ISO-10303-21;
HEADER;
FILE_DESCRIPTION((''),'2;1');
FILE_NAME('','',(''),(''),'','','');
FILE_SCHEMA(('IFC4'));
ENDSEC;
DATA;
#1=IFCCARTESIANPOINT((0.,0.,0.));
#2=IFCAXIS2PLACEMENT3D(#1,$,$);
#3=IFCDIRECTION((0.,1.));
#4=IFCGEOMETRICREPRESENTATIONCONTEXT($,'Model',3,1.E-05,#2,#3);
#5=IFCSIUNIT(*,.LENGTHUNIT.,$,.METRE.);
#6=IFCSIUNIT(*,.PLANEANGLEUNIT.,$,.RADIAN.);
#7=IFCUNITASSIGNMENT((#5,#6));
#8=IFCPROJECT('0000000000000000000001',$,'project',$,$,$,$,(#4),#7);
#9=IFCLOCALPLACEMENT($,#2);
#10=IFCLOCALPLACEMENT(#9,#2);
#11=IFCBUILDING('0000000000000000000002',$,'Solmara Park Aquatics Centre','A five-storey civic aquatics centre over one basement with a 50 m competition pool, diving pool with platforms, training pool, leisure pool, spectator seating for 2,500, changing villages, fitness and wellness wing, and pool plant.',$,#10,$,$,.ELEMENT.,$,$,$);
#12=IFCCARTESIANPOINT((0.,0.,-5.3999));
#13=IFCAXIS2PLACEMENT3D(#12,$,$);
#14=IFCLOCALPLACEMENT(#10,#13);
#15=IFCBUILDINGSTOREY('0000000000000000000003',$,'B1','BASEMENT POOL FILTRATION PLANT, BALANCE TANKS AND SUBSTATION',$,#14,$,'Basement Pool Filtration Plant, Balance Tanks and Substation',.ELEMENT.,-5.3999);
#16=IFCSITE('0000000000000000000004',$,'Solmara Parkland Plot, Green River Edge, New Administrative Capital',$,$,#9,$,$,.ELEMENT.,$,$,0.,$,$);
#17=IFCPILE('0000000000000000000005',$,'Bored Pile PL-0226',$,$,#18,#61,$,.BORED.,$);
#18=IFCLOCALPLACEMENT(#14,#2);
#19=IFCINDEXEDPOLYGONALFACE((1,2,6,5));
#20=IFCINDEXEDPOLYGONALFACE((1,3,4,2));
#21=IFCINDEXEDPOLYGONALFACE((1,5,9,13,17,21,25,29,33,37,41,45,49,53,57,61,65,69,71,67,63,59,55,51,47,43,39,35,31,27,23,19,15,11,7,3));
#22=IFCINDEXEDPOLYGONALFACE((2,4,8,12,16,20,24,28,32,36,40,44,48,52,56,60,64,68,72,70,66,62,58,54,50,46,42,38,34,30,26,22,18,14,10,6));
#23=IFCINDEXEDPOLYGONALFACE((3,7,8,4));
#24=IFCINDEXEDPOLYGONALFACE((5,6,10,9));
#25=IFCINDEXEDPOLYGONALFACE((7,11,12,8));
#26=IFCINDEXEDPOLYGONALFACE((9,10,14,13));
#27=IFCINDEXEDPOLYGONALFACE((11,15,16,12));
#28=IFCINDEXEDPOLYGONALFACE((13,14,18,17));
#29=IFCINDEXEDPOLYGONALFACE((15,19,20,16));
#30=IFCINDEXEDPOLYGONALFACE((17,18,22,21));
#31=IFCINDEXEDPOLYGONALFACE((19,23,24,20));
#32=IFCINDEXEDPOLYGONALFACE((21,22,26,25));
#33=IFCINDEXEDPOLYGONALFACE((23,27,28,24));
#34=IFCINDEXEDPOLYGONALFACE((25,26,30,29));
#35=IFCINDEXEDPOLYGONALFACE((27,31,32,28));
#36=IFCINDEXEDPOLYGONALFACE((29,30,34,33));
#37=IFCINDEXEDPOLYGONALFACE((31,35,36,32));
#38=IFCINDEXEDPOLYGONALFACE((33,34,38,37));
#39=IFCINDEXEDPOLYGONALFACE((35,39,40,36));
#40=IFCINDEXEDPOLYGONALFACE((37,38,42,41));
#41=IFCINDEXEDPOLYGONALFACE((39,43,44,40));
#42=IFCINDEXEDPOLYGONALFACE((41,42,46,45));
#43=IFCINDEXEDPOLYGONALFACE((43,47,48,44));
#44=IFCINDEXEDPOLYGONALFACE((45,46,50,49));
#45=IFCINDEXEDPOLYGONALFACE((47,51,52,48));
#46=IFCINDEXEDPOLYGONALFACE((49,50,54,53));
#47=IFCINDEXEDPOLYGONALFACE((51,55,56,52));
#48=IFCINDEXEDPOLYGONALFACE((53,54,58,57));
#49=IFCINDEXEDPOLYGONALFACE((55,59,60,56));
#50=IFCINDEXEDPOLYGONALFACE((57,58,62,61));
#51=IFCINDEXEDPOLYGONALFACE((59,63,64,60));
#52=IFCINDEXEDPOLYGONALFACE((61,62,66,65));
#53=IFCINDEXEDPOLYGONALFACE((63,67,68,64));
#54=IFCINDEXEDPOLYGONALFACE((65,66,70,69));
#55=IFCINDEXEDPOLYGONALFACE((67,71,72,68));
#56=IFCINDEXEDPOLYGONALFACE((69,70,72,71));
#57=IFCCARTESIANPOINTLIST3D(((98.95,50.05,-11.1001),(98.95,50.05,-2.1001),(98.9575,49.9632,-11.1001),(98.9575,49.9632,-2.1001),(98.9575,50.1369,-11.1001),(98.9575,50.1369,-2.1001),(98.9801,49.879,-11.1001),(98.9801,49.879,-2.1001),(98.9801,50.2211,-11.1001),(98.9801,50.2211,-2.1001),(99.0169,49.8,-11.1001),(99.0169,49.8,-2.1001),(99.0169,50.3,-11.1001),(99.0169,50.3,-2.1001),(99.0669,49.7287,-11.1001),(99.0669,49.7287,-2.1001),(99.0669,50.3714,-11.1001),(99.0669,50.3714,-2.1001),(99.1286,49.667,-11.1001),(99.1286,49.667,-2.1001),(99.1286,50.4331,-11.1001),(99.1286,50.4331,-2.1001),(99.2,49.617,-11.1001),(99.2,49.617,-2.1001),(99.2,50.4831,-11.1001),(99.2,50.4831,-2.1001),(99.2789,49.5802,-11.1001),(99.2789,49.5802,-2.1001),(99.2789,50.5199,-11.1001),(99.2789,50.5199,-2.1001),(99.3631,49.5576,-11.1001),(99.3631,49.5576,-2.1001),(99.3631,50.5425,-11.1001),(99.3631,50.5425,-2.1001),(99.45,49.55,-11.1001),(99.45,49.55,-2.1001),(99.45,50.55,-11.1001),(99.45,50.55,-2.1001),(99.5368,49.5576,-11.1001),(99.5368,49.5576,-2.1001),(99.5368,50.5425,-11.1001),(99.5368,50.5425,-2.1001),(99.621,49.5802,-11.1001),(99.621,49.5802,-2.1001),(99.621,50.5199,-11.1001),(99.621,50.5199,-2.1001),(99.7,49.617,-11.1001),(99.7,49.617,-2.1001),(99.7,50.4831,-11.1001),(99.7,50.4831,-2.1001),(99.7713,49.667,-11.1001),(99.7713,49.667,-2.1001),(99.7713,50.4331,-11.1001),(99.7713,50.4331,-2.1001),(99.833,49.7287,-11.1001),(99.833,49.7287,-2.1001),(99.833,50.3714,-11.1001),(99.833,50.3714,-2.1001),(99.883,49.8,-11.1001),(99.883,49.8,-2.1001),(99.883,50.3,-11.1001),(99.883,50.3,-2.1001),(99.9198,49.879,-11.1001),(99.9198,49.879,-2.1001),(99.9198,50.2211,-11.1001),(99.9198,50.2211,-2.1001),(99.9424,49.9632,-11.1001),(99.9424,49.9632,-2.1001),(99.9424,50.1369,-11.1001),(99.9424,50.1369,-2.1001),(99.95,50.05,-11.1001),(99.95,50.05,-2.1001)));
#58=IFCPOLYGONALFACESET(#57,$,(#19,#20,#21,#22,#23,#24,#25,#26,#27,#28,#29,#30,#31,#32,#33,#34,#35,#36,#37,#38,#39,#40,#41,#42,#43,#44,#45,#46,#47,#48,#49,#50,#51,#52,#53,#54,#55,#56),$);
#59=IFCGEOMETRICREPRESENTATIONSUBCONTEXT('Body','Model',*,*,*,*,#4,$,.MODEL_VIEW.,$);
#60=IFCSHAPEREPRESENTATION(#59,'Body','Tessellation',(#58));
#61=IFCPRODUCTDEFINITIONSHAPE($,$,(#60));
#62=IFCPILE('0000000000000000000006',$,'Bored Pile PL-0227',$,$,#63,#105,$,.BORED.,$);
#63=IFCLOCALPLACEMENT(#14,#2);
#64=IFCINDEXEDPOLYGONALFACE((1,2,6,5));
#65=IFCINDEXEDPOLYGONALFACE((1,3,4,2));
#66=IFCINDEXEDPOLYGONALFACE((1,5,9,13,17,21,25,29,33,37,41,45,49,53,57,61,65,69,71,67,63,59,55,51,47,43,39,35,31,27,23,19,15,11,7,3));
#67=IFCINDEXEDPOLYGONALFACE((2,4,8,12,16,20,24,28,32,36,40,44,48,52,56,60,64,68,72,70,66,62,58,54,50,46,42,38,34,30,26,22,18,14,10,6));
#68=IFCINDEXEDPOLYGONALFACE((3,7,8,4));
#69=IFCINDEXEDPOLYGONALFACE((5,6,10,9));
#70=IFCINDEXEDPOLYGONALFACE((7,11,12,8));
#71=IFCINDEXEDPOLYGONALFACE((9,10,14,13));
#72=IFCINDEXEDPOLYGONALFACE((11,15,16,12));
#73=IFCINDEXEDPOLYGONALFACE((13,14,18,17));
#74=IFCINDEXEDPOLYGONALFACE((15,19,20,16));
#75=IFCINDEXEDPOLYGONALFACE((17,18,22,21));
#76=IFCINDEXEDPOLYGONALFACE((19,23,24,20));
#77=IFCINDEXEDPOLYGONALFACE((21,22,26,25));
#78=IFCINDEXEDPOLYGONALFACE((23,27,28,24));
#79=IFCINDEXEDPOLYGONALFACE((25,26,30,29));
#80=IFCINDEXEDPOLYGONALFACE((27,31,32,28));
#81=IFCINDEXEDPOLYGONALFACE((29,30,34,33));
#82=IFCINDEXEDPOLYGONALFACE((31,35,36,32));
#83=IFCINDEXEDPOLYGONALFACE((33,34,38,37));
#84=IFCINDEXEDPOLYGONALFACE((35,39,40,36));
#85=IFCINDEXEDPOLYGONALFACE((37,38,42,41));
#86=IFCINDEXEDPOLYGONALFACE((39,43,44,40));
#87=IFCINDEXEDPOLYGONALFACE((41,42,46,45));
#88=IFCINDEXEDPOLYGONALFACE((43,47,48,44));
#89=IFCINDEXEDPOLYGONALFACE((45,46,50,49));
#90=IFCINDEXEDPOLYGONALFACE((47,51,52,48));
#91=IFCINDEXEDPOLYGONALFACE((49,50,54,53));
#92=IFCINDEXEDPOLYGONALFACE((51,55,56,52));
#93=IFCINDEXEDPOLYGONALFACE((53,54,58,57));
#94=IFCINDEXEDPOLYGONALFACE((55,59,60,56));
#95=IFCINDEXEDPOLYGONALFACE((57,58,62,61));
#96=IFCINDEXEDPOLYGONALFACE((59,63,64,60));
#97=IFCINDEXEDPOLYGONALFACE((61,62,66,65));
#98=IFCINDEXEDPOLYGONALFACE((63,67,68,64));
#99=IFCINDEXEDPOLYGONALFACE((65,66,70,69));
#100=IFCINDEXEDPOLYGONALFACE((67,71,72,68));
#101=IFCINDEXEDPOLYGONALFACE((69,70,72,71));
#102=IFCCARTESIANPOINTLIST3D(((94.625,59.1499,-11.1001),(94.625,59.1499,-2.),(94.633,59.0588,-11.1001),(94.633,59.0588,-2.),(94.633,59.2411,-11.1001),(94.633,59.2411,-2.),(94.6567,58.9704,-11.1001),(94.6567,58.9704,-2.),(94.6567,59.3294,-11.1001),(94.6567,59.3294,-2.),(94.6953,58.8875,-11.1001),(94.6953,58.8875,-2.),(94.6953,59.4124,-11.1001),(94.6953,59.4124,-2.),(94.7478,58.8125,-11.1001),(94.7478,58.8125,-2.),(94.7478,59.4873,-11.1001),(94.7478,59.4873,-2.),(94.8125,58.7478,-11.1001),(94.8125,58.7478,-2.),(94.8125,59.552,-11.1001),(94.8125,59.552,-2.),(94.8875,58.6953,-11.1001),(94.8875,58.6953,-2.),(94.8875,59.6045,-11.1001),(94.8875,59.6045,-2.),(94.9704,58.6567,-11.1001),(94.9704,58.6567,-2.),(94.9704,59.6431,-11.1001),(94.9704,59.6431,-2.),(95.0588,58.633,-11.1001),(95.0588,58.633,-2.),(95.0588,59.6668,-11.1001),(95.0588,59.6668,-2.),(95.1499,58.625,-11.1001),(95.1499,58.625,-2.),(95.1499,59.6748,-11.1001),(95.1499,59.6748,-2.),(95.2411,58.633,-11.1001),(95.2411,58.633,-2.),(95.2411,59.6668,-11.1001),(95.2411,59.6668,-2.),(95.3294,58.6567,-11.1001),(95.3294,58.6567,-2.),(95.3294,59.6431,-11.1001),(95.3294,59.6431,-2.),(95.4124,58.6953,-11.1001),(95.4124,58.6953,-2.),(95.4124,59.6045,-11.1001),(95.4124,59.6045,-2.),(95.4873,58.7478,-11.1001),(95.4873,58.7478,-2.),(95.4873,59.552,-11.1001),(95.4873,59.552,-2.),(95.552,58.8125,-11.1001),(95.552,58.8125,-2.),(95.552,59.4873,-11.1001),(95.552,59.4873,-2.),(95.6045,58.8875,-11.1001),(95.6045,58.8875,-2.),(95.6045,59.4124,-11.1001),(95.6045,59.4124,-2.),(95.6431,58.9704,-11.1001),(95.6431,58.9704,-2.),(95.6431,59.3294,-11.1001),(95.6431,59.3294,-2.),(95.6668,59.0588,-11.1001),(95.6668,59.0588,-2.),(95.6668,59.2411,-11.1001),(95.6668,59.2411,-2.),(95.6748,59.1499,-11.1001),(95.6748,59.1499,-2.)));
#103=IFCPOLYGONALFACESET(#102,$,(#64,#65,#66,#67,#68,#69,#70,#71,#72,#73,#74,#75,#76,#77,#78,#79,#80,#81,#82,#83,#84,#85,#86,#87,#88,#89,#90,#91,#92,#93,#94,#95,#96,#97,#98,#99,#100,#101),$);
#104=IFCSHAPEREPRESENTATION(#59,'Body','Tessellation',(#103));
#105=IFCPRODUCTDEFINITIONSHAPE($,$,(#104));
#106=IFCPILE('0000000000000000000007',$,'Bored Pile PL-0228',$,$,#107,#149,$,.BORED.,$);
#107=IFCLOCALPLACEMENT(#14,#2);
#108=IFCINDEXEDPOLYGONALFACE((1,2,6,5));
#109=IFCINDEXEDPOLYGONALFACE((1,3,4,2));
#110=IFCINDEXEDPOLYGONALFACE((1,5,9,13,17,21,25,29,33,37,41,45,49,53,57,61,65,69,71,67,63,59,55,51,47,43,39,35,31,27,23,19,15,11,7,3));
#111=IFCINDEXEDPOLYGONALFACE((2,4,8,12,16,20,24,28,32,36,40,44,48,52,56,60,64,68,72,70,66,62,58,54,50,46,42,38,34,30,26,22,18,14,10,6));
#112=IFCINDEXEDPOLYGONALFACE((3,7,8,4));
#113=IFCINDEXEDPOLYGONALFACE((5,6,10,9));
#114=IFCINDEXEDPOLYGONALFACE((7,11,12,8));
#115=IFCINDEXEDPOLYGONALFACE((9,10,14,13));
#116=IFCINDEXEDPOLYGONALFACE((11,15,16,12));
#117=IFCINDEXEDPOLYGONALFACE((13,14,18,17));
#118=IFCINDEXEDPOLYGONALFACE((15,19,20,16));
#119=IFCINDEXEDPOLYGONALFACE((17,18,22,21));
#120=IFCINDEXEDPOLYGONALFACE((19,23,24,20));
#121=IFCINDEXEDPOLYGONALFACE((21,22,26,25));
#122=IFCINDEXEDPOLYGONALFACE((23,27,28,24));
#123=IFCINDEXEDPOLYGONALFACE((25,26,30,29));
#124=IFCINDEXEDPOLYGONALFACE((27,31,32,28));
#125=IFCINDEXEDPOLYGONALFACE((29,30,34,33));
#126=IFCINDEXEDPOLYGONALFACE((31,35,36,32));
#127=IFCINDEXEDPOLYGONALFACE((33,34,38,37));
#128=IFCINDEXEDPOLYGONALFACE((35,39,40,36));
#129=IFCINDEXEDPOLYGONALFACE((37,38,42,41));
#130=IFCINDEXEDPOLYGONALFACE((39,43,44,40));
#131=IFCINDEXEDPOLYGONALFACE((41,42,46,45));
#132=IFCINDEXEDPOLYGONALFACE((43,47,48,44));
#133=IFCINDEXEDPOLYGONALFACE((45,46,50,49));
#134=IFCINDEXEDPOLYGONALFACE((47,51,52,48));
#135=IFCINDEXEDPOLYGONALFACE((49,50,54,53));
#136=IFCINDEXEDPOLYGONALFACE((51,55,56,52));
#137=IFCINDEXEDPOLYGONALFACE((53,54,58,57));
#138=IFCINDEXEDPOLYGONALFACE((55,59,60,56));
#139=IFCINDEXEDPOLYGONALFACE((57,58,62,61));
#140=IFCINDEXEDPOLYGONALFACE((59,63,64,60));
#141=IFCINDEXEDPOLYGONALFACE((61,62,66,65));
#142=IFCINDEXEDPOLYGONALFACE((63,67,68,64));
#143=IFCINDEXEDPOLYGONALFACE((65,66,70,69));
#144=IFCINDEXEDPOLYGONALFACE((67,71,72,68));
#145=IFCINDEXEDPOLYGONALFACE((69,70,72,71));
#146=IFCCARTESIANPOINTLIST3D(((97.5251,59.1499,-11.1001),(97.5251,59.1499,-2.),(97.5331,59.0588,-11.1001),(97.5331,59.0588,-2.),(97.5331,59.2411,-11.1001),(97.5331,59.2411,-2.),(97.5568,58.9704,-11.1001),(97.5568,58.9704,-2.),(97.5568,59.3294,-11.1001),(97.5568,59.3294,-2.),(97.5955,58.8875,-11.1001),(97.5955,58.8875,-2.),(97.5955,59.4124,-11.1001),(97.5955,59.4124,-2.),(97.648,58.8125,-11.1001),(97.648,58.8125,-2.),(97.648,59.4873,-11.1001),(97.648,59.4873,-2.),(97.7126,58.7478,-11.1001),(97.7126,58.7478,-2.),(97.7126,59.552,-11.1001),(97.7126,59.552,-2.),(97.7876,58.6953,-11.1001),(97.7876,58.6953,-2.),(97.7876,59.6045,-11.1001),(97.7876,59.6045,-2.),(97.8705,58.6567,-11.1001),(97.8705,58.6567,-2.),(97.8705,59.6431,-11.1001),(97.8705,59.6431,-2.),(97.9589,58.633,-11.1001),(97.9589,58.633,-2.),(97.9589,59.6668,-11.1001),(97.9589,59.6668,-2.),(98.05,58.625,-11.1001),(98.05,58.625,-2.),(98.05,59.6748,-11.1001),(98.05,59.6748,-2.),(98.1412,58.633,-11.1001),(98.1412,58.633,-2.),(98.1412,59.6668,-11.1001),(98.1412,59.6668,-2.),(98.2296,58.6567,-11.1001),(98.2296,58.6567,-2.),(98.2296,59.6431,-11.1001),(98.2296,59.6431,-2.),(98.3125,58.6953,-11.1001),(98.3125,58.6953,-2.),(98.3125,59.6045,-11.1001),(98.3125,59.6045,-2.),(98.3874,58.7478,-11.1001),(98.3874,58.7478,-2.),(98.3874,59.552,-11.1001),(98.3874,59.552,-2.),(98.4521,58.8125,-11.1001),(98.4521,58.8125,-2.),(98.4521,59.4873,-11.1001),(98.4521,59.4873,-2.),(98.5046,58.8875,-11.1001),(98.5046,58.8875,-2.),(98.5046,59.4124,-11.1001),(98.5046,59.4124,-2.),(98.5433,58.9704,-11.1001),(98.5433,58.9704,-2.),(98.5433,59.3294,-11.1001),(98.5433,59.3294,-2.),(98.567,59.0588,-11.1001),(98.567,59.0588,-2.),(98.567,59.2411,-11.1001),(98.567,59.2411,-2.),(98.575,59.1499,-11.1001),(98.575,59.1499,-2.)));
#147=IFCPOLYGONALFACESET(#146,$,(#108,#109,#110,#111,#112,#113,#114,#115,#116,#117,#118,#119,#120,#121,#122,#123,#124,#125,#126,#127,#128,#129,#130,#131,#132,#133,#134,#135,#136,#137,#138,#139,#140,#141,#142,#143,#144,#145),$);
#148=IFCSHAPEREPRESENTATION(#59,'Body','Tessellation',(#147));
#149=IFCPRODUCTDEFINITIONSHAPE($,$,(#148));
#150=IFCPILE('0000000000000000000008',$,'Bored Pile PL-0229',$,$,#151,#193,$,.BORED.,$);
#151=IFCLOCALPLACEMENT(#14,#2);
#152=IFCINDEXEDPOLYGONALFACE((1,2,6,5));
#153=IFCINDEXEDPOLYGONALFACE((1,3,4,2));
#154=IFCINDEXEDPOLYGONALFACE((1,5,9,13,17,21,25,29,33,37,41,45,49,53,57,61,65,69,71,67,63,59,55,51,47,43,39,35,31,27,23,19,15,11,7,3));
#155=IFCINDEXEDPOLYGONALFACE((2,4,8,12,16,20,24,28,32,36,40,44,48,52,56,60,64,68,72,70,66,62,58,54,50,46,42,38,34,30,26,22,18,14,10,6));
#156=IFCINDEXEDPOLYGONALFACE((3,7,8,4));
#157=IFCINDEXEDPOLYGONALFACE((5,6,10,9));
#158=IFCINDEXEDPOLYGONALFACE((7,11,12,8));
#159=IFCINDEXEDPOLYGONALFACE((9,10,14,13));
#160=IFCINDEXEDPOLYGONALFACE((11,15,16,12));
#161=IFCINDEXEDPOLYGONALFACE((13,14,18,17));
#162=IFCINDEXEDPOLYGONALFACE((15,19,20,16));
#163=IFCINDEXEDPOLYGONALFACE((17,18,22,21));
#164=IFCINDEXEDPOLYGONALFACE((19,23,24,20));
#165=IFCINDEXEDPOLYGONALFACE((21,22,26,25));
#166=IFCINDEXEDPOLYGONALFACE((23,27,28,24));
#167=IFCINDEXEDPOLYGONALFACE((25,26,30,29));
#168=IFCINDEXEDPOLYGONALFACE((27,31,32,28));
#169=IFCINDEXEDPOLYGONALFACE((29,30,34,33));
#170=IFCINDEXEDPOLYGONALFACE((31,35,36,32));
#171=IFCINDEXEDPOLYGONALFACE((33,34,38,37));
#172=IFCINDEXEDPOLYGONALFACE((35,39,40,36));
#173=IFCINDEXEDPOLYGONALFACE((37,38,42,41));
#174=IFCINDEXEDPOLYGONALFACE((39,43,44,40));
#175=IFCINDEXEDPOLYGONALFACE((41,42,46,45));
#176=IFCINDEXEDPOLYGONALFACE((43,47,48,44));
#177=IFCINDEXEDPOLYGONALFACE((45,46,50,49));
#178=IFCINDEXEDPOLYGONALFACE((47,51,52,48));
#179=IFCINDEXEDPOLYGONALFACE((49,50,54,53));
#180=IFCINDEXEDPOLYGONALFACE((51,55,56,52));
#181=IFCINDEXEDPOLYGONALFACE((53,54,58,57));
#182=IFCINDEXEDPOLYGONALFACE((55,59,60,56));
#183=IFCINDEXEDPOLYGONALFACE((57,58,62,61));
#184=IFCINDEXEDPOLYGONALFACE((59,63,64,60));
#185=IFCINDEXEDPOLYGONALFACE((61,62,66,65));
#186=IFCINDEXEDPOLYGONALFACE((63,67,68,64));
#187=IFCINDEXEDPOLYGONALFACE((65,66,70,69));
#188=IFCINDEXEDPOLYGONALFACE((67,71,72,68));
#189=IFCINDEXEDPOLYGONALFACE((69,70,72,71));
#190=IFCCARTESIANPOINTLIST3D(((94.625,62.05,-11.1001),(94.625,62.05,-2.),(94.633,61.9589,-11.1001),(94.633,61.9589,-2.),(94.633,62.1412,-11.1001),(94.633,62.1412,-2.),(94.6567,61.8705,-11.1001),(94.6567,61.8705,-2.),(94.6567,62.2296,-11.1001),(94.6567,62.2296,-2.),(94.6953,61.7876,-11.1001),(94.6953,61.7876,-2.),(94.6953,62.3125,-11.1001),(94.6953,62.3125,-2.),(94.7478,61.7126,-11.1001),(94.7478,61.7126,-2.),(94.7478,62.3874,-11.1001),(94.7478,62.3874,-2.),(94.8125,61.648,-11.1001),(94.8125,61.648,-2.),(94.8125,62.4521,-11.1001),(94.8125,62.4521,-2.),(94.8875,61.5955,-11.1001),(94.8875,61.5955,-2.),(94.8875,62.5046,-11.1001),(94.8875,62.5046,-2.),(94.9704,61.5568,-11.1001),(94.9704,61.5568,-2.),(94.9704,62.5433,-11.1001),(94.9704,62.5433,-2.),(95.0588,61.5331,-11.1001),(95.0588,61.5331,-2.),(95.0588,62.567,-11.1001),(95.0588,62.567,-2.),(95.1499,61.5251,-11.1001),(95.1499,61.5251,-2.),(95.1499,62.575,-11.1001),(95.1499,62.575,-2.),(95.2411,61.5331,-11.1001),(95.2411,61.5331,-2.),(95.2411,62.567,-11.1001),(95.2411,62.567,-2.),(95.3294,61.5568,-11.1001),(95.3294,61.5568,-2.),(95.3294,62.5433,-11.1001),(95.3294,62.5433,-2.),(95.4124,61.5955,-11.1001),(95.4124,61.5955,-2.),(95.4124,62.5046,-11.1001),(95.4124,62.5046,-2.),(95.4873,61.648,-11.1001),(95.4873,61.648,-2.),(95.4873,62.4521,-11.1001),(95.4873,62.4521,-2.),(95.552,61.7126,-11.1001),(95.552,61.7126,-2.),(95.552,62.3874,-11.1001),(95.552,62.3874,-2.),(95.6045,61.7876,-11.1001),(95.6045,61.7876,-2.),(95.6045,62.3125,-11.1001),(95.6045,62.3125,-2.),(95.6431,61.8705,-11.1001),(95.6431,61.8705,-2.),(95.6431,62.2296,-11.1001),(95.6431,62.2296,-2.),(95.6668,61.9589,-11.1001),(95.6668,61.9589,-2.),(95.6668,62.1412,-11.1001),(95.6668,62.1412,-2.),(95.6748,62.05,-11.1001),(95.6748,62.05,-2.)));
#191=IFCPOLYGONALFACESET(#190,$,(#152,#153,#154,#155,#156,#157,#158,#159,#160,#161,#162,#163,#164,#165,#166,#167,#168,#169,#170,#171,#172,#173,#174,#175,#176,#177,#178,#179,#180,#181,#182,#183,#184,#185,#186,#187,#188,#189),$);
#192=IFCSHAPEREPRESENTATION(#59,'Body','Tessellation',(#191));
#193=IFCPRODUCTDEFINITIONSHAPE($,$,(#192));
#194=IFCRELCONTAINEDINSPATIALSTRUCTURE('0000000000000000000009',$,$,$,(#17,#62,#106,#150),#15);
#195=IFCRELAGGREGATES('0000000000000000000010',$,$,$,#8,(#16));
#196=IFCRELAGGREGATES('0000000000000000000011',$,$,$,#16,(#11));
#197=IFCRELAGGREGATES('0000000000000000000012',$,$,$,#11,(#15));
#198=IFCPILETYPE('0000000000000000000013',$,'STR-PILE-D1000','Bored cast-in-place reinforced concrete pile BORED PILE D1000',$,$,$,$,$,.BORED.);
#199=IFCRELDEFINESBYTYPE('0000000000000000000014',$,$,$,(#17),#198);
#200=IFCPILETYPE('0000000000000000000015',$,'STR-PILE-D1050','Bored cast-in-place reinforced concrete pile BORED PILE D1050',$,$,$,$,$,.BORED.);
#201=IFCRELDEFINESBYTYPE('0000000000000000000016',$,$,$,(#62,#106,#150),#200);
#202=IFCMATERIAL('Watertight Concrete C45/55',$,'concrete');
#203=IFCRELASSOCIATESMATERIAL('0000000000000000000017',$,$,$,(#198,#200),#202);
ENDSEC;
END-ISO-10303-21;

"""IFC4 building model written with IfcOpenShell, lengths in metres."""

from ifc_helpers import new_model, si_unit, direction, frame, origin, origin_2d, place, context, subcontext, project, spatial, circle, extrude, material, material_profile, profile_set, type_object, element, save


model = new_model("IFC4")

# Units and contexts
model_context = context("Model", 3, precision=1e-05, world=origin(), true_north=direction((0.0, 1.0)))
body_context = subcontext(model_context, "Body", "Model", "MODEL_VIEW")
ifc_project = project(units=[si_unit("LENGTHUNIT", "METRE"), si_unit("PLANEANGLEUNIT", "RADIAN")], contexts=[model_context])

# Site, building, storey
site_placement = place(None, origin())
site = spatial("IfcSite", under=ifc_project, at=site_placement, Name="Solmara Parkland Plot, Green River Edge, New Administrative Capital", CompositionType="ELEMENT", RefElevation=0.0)
building_placement = place(site_placement, origin())
building = spatial("IfcBuilding", under=site, at=building_placement, Name="Solmara Park Aquatics Centre", Description="A five-storey civic aquatics centre over one basement with a 50 m competition pool, diving pool with platforms, training pool, leisure pool, spectator seating for 2,500, changing villages, fitness and wellness wing, and pool plant.", CompositionType="ELEMENT")
storey_placement = place(building_placement, frame((0.0, 0.0, -5.3999)))
storey = spatial("IfcBuildingStorey", under=building, at=storey_placement, Name="B1", Description="BASEMENT POOL FILTRATION PLANT, BALANCE TANKS AND SUBSTATION", LongName="Basement Pool Filtration Plant, Balance Tanks and Substation", CompositionType="ELEMENT", Elevation=-5.3999)

# Shared definitions
ifc_material_1 = material(Name="Watertight Concrete C45/55", Category="concrete")

# Piles
ifc_material_profile_1 = material_profile(ifc_material_1, circle(Radius=0.5, at=origin_2d()), Name="BORED PILE D1000")
ifc_profile_set_1 = profile_set([ifc_material_profile_1], Name="Watertight Concrete C45/55")
pile_type_1 = type_object("IfcPileType", Name="STR-PILE-D1000", Description="Bored cast-in-place reinforced concrete pile BORED PILE D1000", PredefinedType="BORED", material=ifc_profile_set_1)
for number, where, z_axis, x_axis, name in (
    (1, (99.45, 50.05, -2.1001), (0.0, 0.0, -1.0), (1.0, 0.0, 0.0), "Bored Pile PL-0226"),
):
    element("IfcPile", number, at=place(storey_placement, frame(where, z_axis=z_axis, x_axis=x_axis)), inside=storey, type_object=pile_type_1, Name=name, PredefinedType="BORED", context=body_context, shape_type="SweptSolid", body=[
        extrude(circle(Radius=0.5, at=origin_2d()), origin(), (0.0, 0.0, 1.0), 9.0),
    ])
ifc_material_profile_2 = material_profile(ifc_material_1, circle(Radius=0.5249, at=origin_2d()), Name="BORED PILE D1050")
ifc_profile_set_2 = profile_set([ifc_material_profile_2], Name="Watertight Concrete C45/55")
pile_type_2 = type_object("IfcPileType", Name="STR-PILE-D1050", Description="Bored cast-in-place reinforced concrete pile BORED PILE D1050", PredefinedType="BORED", material=ifc_profile_set_2)
for number, where, z_axis, x_axis, name in (
    (2, (95.1499, 59.1499, -2.0), (0.0, 0.0, -1.0), (1.0, 0.0, 0.0), "Bored Pile PL-0227"),
    (3, (98.05, 59.1499, -2.0), (0.0, 0.0, -1.0), (1.0, 0.0, 0.0), "Bored Pile PL-0228"),
    (4, (95.1499, 62.05, -2.0), (0.0, 0.0, -1.0), (1.0, 0.0, 0.0), "Bored Pile PL-0229"),
):
    element("IfcPile", number, at=place(storey_placement, frame(where, z_axis=z_axis, x_axis=x_axis)), inside=storey, type_object=pile_type_2, Name=name, PredefinedType="BORED", context=body_context, shape_type="SweptSolid", body=[
        extrude(circle(Radius=0.5249, at=origin_2d()), origin(), (0.0, 0.0, 1.0), 9.1001),
    ])

save(model, "model.ifc")
